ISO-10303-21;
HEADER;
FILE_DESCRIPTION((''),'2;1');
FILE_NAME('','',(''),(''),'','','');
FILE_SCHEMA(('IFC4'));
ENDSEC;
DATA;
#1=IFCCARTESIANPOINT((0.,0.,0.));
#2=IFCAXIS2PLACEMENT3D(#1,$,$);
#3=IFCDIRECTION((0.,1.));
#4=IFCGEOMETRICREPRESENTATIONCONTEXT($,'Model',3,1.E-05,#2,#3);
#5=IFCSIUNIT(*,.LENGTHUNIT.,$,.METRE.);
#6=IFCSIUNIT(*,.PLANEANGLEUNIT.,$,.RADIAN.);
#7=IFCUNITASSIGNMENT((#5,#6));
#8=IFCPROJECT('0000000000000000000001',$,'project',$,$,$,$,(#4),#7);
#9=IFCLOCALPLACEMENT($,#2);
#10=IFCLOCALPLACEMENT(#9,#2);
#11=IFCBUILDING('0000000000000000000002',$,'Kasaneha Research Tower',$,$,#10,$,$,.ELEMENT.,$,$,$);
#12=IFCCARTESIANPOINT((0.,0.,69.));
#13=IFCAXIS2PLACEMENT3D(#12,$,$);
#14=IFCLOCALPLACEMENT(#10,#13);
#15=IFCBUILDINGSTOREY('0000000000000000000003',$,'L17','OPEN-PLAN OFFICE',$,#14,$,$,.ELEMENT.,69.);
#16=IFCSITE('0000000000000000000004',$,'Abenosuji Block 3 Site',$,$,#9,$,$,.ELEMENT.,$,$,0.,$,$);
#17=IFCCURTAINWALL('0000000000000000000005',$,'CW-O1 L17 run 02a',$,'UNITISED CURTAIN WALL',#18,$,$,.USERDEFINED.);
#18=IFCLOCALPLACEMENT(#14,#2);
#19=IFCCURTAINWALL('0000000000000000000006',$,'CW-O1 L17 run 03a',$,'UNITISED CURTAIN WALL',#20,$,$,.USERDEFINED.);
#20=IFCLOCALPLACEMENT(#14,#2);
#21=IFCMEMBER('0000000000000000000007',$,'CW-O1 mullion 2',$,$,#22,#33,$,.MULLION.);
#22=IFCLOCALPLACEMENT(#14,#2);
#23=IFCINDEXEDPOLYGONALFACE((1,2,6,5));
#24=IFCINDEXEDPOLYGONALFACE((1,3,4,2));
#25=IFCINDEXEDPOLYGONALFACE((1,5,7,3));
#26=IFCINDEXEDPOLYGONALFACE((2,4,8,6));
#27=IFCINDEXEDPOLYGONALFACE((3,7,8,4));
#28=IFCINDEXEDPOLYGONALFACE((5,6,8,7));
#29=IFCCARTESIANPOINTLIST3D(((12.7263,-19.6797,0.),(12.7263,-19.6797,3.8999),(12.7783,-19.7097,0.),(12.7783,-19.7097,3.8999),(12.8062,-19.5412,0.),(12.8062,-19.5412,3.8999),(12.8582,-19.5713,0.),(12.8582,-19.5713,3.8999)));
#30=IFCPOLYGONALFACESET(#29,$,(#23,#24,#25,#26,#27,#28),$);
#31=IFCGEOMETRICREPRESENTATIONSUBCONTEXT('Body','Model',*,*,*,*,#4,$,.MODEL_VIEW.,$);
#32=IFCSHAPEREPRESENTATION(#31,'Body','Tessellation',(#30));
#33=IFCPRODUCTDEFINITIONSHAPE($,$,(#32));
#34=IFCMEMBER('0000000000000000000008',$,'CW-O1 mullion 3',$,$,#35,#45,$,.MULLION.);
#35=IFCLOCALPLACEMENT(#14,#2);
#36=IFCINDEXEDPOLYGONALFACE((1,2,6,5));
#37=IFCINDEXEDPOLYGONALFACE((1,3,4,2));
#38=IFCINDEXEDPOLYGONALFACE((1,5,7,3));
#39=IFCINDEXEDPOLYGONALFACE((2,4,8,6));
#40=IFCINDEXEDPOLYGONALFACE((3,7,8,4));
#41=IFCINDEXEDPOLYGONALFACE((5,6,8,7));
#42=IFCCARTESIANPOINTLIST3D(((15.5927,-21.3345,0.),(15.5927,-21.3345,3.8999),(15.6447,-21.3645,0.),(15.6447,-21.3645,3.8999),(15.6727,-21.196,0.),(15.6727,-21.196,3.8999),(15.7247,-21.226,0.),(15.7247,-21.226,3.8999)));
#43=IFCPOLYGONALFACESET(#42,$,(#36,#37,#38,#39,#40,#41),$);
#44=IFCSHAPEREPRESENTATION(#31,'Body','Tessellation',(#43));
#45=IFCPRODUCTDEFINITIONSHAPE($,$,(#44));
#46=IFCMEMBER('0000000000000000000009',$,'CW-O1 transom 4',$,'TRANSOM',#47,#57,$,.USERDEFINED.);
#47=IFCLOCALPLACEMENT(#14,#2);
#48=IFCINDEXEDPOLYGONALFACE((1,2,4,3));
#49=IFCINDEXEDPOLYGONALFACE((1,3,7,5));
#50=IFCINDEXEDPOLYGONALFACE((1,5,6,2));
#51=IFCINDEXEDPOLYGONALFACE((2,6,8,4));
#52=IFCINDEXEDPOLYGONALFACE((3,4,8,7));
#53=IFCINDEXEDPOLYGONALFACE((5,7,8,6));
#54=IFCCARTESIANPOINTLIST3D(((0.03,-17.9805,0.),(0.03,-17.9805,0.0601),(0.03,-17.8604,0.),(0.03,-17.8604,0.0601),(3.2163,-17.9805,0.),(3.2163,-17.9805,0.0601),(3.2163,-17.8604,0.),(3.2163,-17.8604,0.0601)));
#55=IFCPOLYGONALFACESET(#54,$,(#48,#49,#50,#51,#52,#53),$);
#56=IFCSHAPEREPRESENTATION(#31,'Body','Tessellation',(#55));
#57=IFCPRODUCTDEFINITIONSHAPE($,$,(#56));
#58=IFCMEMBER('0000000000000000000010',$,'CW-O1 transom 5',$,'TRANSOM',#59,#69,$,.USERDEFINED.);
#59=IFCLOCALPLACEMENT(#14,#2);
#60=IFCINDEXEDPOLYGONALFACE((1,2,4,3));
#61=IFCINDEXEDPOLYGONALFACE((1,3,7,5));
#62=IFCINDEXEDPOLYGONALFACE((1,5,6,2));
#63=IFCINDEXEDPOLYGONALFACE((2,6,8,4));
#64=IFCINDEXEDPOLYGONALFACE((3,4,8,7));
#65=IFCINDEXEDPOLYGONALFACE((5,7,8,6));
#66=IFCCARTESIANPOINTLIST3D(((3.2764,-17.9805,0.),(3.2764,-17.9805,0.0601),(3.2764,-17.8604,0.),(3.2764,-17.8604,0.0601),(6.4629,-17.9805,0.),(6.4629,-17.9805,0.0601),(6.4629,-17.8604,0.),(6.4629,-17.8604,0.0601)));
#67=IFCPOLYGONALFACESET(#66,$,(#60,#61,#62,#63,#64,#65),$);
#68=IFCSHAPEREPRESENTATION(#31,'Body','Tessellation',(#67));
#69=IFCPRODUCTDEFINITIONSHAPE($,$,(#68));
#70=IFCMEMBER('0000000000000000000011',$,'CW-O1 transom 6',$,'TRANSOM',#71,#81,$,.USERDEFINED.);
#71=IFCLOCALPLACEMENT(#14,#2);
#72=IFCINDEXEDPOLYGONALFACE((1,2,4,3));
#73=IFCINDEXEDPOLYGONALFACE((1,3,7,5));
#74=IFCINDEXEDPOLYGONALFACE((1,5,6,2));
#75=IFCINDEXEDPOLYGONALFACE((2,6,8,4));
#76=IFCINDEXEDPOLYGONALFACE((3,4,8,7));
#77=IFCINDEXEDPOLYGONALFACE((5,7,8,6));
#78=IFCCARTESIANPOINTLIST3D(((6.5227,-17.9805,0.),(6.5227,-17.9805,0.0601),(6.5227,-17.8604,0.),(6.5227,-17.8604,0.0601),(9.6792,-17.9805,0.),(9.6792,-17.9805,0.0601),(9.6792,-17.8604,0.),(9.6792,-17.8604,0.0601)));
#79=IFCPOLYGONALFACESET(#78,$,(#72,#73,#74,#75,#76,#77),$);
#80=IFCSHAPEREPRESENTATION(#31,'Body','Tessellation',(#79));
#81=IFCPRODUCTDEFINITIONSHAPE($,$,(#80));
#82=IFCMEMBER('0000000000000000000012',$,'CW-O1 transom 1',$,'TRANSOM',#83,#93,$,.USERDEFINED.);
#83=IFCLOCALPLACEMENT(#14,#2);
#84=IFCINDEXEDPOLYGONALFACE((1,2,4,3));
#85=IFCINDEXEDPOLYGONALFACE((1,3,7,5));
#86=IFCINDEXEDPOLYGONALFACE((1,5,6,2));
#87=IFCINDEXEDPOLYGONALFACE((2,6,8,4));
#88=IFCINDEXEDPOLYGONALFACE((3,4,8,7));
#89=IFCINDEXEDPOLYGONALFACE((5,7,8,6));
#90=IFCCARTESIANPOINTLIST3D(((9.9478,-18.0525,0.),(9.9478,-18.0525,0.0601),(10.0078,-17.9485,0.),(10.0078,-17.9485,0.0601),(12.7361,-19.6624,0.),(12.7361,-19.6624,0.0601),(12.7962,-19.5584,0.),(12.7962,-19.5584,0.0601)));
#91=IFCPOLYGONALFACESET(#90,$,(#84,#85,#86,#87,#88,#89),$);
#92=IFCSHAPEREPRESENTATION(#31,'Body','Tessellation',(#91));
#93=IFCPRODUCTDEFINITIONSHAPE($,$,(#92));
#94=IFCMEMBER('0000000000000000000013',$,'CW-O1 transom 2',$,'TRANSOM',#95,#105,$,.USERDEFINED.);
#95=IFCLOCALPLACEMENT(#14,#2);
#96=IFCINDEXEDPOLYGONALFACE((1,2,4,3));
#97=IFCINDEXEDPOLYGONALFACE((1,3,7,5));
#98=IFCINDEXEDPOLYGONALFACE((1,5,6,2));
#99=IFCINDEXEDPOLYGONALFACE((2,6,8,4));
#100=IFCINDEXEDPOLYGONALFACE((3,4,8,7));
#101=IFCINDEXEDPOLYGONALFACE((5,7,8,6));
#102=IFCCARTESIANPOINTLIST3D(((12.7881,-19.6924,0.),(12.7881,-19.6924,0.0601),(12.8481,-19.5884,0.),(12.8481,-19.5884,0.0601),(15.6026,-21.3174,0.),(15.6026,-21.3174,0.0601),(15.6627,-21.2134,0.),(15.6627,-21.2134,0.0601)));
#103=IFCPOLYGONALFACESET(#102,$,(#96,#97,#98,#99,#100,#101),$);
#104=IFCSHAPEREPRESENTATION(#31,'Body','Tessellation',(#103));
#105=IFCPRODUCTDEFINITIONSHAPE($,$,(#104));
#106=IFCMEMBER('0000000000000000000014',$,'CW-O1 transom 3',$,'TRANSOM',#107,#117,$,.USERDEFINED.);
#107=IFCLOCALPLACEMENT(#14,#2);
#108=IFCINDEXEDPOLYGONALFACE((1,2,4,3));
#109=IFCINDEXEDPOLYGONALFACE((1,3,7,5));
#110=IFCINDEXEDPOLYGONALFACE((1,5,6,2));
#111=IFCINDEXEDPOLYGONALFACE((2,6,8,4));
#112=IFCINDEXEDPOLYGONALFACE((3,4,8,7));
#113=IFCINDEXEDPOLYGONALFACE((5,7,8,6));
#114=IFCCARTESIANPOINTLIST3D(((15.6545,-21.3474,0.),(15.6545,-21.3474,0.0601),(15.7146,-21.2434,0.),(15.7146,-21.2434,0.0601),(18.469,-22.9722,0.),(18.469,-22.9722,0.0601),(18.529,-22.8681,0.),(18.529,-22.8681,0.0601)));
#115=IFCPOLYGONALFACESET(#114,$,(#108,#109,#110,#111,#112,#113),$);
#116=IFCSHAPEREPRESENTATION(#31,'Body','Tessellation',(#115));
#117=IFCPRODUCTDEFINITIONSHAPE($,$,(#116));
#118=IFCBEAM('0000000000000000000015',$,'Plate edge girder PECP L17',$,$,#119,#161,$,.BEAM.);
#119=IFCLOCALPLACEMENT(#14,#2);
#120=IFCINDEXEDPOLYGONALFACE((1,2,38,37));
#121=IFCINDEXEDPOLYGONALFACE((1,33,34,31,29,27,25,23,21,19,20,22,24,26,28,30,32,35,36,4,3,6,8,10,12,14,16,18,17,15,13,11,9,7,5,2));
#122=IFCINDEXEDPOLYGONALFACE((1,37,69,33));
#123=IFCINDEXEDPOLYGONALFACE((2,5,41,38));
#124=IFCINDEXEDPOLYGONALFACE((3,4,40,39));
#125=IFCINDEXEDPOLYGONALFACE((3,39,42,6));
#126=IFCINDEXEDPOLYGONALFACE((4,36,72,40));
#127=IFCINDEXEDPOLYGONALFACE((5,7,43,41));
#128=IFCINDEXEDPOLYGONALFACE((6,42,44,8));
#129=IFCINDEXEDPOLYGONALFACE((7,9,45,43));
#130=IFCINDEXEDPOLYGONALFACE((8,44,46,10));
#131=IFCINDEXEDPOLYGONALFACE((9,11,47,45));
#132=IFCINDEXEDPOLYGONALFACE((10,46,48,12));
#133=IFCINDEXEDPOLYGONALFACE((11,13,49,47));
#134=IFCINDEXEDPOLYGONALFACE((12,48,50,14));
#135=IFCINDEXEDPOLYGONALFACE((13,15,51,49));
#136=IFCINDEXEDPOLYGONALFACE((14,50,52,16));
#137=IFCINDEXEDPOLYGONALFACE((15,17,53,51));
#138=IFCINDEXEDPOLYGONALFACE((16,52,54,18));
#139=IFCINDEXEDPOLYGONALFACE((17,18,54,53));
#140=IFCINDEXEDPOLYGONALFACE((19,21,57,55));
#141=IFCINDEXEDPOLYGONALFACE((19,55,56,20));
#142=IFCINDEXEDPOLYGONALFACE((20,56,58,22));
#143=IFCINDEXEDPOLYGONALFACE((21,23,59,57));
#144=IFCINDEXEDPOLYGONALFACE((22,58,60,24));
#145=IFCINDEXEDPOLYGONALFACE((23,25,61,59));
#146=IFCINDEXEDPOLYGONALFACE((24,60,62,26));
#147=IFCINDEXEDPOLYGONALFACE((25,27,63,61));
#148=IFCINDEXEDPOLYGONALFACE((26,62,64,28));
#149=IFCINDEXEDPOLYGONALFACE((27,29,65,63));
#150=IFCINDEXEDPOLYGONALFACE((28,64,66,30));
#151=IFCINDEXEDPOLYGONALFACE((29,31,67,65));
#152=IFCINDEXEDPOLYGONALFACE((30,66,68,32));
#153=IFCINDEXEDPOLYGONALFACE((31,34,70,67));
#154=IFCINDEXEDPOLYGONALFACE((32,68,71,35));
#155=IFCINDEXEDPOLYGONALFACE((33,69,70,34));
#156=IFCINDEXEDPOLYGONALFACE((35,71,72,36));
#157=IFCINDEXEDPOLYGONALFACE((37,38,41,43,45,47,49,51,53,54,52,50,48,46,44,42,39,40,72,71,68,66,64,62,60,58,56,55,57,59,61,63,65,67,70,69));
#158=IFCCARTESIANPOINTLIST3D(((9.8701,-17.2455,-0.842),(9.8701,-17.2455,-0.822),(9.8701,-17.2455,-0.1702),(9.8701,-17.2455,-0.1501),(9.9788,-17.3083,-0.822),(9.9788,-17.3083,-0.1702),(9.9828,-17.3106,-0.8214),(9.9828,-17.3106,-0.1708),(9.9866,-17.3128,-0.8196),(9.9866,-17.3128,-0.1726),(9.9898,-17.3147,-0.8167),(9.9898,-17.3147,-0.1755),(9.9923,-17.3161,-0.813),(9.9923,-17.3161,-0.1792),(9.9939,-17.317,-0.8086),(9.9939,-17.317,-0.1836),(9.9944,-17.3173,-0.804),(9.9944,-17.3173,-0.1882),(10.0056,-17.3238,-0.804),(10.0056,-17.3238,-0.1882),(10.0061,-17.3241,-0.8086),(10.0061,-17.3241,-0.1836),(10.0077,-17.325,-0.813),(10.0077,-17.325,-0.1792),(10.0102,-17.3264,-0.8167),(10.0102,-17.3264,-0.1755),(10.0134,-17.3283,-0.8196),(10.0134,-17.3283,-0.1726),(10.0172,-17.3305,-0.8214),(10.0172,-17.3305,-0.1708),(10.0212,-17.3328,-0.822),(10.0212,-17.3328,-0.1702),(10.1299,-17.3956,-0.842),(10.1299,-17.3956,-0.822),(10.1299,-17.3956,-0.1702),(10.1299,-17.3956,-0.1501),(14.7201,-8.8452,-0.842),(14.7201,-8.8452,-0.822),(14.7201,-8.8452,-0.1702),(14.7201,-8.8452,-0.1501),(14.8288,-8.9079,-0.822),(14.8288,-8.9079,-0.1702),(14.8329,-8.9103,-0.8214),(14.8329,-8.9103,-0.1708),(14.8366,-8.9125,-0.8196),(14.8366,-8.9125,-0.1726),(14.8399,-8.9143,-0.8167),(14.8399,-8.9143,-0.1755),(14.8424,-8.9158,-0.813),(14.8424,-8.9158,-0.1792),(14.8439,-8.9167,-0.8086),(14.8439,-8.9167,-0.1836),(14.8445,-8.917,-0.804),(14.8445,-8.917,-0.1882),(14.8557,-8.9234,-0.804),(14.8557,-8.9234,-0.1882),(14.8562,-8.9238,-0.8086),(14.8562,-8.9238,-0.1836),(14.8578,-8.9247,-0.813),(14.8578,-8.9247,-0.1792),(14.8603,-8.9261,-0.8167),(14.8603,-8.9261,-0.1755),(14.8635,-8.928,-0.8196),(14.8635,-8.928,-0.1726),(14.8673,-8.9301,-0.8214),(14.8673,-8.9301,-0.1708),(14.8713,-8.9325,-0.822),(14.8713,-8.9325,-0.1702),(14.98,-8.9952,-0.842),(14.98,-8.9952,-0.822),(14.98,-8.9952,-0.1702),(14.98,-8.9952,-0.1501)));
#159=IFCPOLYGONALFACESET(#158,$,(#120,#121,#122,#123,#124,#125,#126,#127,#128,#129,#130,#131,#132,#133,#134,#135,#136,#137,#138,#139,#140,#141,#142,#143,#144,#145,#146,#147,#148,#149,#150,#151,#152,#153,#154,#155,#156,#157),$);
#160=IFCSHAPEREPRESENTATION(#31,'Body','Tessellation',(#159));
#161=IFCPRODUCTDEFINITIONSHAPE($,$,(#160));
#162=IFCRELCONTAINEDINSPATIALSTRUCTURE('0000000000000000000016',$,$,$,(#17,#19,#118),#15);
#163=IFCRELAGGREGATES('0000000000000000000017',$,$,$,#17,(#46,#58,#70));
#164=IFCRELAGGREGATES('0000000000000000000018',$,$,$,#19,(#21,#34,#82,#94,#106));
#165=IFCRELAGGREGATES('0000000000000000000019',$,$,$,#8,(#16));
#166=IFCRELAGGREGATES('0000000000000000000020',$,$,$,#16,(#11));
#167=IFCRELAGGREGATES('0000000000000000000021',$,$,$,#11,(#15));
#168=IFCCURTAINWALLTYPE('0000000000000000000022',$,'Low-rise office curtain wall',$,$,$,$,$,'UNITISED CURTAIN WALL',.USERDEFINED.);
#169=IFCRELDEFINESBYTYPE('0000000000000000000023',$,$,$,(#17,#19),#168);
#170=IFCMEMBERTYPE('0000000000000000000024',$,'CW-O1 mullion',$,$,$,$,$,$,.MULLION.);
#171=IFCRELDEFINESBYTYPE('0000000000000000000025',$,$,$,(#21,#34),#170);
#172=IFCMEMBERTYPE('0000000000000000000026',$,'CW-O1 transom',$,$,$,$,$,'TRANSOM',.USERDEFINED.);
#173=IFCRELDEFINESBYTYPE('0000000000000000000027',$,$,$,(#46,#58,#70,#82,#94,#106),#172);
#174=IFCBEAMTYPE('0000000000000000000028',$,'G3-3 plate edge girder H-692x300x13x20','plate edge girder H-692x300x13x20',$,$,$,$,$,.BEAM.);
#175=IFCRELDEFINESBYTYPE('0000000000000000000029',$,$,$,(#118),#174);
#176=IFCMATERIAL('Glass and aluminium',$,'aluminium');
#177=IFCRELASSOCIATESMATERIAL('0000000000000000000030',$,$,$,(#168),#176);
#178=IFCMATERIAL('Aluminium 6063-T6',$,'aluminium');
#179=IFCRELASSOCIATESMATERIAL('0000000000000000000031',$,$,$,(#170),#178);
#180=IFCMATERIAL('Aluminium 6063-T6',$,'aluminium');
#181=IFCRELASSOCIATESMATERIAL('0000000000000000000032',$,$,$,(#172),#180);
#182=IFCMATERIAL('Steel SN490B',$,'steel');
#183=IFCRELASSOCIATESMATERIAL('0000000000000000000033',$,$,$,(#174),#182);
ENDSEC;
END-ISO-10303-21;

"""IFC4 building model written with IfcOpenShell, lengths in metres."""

from ifc_helpers import new_model, si_unit, direction, frame, origin, origin_2d, place, context, subcontext, project, spatial, rectangle, i_section, extrude, material, material_profile, profile_set, type_object, element, aggregate, save


model = new_model("IFC4")

# Units and contexts
model_context = context("Model", 3, precision=1e-05, world=origin(), true_north=direction((0.0, 1.0)))
body_context = subcontext(model_context, "Body", "Model", "MODEL_VIEW")
ifc_project = project(units=[si_unit("LENGTHUNIT", "METRE"), si_unit("PLANEANGLEUNIT", "RADIAN")], contexts=[model_context])

# Site, building, storey
site_placement = place(None, origin())
site = spatial("IfcSite", under=ifc_project, at=site_placement, Name="Abenosuji Block 3 Site", CompositionType="ELEMENT", RefElevation=0.0)
building_placement = place(site_placement, origin())
building = spatial("IfcBuilding", under=site, at=building_placement, Name="Kasaneha Research Tower", CompositionType="ELEMENT")
storey_placement = place(building_placement, frame((0.0, 0.0, 69.0)))
storey = spatial("IfcBuildingStorey", under=building, at=storey_placement, Name="L17", Description="OPEN-PLAN OFFICE", CompositionType="ELEMENT", Elevation=69.0)

# Curtain walls, members
ifc_material_1 = material(Name="Glass and aluminium", Category="aluminium")
curtain_wall_type = type_object("IfcCurtainWallType", Name="Low-rise office curtain wall", ElementType="UNITISED CURTAIN WALL", PredefinedType="USERDEFINED", material=ifc_material_1)
curtain_wall_1_placement = place(storey_placement, origin())
curtain_wall_1 = element("IfcCurtainWall", 1, at=curtain_wall_1_placement, inside=storey, type_object=curtain_wall_type, Name="CW-O1 L17 run 02a", ObjectType="UNITISED CURTAIN WALL", PredefinedType="USERDEFINED")
ifc_material_2 = material(Name="Aluminium 6063-T6", Category="aluminium")
ifc_material_profile_1 = material_profile(ifc_material_2, rectangle(XDim=0.0601, YDim=0.1599, at=origin_2d()), Name="CW-O1 mullion 60x160")
ifc_profile_set_1 = profile_set([ifc_material_profile_1], Name="Aluminium 6063-T6")
member_type_1 = type_object("IfcMemberType", Name="CW-O1 mullion", PredefinedType="MULLION", material=ifc_profile_set_1)
curtain_wall_2_placement = place(storey_placement, origin())
curtain_wall_2 = element("IfcCurtainWall", 2, at=curtain_wall_2_placement, inside=storey, type_object=curtain_wall_type, Name="CW-O1 L17 run 03a", ObjectType="UNITISED CURTAIN WALL", PredefinedType="USERDEFINED")
member_1_placement = place(storey_placement, frame((12.7922, -19.6255, 0.0), z_axis=(0.0, 0.0, 1.0), x_axis=(0.866025, -0.5, 0.0)))
member_1 = element("IfcMember", 3, at=member_1_placement, type_object=member_type_1, Name="CW-O1 mullion 2", PredefinedType="MULLION", context=body_context, shape_type="SweptSolid", body=[
    extrude(rectangle(XDim=0.0601, YDim=0.1599, at=origin_2d()), origin(), (0.0, 0.0, 1.0), 3.8999),
])
member_2_placement = place(storey_placement, frame((15.6587, -21.2803, 0.0), z_axis=(0.0, 0.0, 1.0), x_axis=(0.866025, -0.5, 0.0)))
member_2 = element("IfcMember", 4, at=member_2_placement, type_object=member_type_1, Name="CW-O1 mullion 3", PredefinedType="MULLION", context=body_context, shape_type="SweptSolid", body=[
    extrude(rectangle(XDim=0.0601, YDim=0.1599, at=origin_2d()), origin(), (0.0, 0.0, 1.0), 3.8999),
])

# Members
ifc_material_3 = material(Name="Aluminium 6063-T6", Category="aluminium")
ifc_material_profile_2 = material_profile(ifc_material_3, rectangle(XDim=0.1201, YDim=0.0601, at=origin_2d()), Name="CW-O1 transom 120x60")
ifc_profile_set_2 = profile_set([ifc_material_profile_2], Name="Aluminium 6063-T6")
member_type_2 = type_object("IfcMemberType", Name="CW-O1 transom", ElementType="TRANSOM", PredefinedType="USERDEFINED", material=ifc_profile_set_2)
member_3_placement = place(storey_placement, frame((0.03, -17.9204, 0.03), z_axis=(1.0, 0.0, 0.0), x_axis=(0.0, 1.0, 0.0)))
member_3 = element("IfcMember", 5, at=member_3_placement, type_object=member_type_2, Name="CW-O1 transom 4", ObjectType="TRANSOM", PredefinedType="USERDEFINED", context=body_context, shape_type="SweptSolid", body=[
    extrude(rectangle(XDim=0.1201, YDim=0.0601, at=origin_2d()), origin(), (0.0, 0.0, 1.0), 3.1863),
])
member_4_placement = place(storey_placement, frame((3.2764, -17.9204, 0.03), z_axis=(1.0, 0.0, 0.0), x_axis=(0.0, 1.0, 0.0)))
member_4 = element("IfcMember", 6, at=member_4_placement, type_object=member_type_2, Name="CW-O1 transom 5", ObjectType="TRANSOM", PredefinedType="USERDEFINED", context=body_context, shape_type="SweptSolid", body=[
    extrude(rectangle(XDim=0.1201, YDim=0.0601, at=origin_2d()), origin(), (0.0, 0.0, 1.0), 3.1865),
])
member_5_placement = place(storey_placement, frame((6.5227, -17.9204, 0.03), z_axis=(1.0, 0.0, 0.0), x_axis=(0.0, 1.0, 0.0)))
member_5 = element("IfcMember", 7, at=member_5_placement, type_object=member_type_2, Name="CW-O1 transom 6", ObjectType="TRANSOM", PredefinedType="USERDEFINED", context=body_context, shape_type="SweptSolid", body=[
    extrude(rectangle(XDim=0.1201, YDim=0.0601, at=origin_2d()), origin(), (0.0, 0.0, 1.0), 3.1565),
])
member_6_placement = place(storey_placement, frame((9.9778, -18.0005, 0.03), z_axis=(0.866023, -0.500005, 0.0), x_axis=(0.500005, 0.866023, 0.0)))
member_6 = element("IfcMember", 8, at=member_6_placement, type_object=member_type_2, Name="CW-O1 transom 1", ObjectType="TRANSOM", PredefinedType="USERDEFINED", context=body_context, shape_type="SweptSolid", body=[
    extrude(rectangle(XDim=0.1201, YDim=0.0601, at=origin_2d()), origin(), (0.0, 0.0, 1.0), 3.2197),
])
member_7_placement = place(storey_placement, frame((12.8181, -19.6404, 0.03), z_axis=(0.866015, -0.500017, 0.0), x_axis=(0.500017, 0.866015, 0.0)))
member_7 = element("IfcMember", 9, at=member_7_placement, type_object=member_type_2, Name="CW-O1 transom 2", ObjectType="TRANSOM", PredefinedType="USERDEFINED", context=body_context, shape_type="SweptSolid", body=[
    extrude(rectangle(XDim=0.1201, YDim=0.0601, at=origin_2d()), origin(), (0.0, 0.0, 1.0), 3.25),
])
member_8_placement = place(storey_placement, frame((15.6846, -21.2954, 0.03), z_axis=(0.866048, -0.499961, 0.0), x_axis=(0.499961, 0.866048, 0.0)))
member_8 = element("IfcMember", 10, at=member_8_placement, type_object=member_type_2, Name="CW-O1 transom 3", ObjectType="TRANSOM", PredefinedType="USERDEFINED", context=body_context, shape_type="SweptSolid", body=[
    extrude(rectangle(XDim=0.1201, YDim=0.0601, at=origin_2d()), origin(), (0.0, 0.0, 1.0), 3.2498),
])

# Beam
ifc_material_4 = material(Name="Steel SN490B", Category="steel")
ifc_material_profile_3 = material_profile(ifc_material_4, i_section(OverallWidth=0.3, OverallDepth=0.6919, WebThickness=0.0129, FlangeThickness=0.02, FilletRadius=0.0181, at=origin_2d()), Name="H-692x300x13x20")
ifc_profile_set_3 = profile_set([ifc_material_profile_3], Name="Steel SN490B")
beam_type_1 = type_object("IfcBeamType", Name="G3-3 plate edge girder H-692x300x13x20", Description="plate edge girder H-692x300x13x20", PredefinedType="BEAM", material=ifc_profile_set_3)
beam_1_placement = place(storey_placement, frame((10.0, -17.3206, -0.4961), z_axis=(0.50001, 0.86602, 0.0), x_axis=(-0.86602, 0.50001, 0.0)))
element("IfcBeam", 11, at=beam_1_placement, inside=storey, type_object=beam_type_1, Name="Plate edge girder PECP L17", PredefinedType="BEAM", context=body_context, shape_type="SweptSolid", body=[
    extrude(i_section(OverallWidth=0.3, OverallDepth=0.6919, WebThickness=0.0129, FlangeThickness=0.02, FilletRadius=0.0181, at=origin_2d()), origin(), (0.0, 0.0, 1.0), 9.7),
])

aggregate(curtain_wall_1, [member_3, member_4, member_5])
aggregate(curtain_wall_2, [member_1, member_2, member_6, member_7, member_8])

save(model, "model.ifc")
